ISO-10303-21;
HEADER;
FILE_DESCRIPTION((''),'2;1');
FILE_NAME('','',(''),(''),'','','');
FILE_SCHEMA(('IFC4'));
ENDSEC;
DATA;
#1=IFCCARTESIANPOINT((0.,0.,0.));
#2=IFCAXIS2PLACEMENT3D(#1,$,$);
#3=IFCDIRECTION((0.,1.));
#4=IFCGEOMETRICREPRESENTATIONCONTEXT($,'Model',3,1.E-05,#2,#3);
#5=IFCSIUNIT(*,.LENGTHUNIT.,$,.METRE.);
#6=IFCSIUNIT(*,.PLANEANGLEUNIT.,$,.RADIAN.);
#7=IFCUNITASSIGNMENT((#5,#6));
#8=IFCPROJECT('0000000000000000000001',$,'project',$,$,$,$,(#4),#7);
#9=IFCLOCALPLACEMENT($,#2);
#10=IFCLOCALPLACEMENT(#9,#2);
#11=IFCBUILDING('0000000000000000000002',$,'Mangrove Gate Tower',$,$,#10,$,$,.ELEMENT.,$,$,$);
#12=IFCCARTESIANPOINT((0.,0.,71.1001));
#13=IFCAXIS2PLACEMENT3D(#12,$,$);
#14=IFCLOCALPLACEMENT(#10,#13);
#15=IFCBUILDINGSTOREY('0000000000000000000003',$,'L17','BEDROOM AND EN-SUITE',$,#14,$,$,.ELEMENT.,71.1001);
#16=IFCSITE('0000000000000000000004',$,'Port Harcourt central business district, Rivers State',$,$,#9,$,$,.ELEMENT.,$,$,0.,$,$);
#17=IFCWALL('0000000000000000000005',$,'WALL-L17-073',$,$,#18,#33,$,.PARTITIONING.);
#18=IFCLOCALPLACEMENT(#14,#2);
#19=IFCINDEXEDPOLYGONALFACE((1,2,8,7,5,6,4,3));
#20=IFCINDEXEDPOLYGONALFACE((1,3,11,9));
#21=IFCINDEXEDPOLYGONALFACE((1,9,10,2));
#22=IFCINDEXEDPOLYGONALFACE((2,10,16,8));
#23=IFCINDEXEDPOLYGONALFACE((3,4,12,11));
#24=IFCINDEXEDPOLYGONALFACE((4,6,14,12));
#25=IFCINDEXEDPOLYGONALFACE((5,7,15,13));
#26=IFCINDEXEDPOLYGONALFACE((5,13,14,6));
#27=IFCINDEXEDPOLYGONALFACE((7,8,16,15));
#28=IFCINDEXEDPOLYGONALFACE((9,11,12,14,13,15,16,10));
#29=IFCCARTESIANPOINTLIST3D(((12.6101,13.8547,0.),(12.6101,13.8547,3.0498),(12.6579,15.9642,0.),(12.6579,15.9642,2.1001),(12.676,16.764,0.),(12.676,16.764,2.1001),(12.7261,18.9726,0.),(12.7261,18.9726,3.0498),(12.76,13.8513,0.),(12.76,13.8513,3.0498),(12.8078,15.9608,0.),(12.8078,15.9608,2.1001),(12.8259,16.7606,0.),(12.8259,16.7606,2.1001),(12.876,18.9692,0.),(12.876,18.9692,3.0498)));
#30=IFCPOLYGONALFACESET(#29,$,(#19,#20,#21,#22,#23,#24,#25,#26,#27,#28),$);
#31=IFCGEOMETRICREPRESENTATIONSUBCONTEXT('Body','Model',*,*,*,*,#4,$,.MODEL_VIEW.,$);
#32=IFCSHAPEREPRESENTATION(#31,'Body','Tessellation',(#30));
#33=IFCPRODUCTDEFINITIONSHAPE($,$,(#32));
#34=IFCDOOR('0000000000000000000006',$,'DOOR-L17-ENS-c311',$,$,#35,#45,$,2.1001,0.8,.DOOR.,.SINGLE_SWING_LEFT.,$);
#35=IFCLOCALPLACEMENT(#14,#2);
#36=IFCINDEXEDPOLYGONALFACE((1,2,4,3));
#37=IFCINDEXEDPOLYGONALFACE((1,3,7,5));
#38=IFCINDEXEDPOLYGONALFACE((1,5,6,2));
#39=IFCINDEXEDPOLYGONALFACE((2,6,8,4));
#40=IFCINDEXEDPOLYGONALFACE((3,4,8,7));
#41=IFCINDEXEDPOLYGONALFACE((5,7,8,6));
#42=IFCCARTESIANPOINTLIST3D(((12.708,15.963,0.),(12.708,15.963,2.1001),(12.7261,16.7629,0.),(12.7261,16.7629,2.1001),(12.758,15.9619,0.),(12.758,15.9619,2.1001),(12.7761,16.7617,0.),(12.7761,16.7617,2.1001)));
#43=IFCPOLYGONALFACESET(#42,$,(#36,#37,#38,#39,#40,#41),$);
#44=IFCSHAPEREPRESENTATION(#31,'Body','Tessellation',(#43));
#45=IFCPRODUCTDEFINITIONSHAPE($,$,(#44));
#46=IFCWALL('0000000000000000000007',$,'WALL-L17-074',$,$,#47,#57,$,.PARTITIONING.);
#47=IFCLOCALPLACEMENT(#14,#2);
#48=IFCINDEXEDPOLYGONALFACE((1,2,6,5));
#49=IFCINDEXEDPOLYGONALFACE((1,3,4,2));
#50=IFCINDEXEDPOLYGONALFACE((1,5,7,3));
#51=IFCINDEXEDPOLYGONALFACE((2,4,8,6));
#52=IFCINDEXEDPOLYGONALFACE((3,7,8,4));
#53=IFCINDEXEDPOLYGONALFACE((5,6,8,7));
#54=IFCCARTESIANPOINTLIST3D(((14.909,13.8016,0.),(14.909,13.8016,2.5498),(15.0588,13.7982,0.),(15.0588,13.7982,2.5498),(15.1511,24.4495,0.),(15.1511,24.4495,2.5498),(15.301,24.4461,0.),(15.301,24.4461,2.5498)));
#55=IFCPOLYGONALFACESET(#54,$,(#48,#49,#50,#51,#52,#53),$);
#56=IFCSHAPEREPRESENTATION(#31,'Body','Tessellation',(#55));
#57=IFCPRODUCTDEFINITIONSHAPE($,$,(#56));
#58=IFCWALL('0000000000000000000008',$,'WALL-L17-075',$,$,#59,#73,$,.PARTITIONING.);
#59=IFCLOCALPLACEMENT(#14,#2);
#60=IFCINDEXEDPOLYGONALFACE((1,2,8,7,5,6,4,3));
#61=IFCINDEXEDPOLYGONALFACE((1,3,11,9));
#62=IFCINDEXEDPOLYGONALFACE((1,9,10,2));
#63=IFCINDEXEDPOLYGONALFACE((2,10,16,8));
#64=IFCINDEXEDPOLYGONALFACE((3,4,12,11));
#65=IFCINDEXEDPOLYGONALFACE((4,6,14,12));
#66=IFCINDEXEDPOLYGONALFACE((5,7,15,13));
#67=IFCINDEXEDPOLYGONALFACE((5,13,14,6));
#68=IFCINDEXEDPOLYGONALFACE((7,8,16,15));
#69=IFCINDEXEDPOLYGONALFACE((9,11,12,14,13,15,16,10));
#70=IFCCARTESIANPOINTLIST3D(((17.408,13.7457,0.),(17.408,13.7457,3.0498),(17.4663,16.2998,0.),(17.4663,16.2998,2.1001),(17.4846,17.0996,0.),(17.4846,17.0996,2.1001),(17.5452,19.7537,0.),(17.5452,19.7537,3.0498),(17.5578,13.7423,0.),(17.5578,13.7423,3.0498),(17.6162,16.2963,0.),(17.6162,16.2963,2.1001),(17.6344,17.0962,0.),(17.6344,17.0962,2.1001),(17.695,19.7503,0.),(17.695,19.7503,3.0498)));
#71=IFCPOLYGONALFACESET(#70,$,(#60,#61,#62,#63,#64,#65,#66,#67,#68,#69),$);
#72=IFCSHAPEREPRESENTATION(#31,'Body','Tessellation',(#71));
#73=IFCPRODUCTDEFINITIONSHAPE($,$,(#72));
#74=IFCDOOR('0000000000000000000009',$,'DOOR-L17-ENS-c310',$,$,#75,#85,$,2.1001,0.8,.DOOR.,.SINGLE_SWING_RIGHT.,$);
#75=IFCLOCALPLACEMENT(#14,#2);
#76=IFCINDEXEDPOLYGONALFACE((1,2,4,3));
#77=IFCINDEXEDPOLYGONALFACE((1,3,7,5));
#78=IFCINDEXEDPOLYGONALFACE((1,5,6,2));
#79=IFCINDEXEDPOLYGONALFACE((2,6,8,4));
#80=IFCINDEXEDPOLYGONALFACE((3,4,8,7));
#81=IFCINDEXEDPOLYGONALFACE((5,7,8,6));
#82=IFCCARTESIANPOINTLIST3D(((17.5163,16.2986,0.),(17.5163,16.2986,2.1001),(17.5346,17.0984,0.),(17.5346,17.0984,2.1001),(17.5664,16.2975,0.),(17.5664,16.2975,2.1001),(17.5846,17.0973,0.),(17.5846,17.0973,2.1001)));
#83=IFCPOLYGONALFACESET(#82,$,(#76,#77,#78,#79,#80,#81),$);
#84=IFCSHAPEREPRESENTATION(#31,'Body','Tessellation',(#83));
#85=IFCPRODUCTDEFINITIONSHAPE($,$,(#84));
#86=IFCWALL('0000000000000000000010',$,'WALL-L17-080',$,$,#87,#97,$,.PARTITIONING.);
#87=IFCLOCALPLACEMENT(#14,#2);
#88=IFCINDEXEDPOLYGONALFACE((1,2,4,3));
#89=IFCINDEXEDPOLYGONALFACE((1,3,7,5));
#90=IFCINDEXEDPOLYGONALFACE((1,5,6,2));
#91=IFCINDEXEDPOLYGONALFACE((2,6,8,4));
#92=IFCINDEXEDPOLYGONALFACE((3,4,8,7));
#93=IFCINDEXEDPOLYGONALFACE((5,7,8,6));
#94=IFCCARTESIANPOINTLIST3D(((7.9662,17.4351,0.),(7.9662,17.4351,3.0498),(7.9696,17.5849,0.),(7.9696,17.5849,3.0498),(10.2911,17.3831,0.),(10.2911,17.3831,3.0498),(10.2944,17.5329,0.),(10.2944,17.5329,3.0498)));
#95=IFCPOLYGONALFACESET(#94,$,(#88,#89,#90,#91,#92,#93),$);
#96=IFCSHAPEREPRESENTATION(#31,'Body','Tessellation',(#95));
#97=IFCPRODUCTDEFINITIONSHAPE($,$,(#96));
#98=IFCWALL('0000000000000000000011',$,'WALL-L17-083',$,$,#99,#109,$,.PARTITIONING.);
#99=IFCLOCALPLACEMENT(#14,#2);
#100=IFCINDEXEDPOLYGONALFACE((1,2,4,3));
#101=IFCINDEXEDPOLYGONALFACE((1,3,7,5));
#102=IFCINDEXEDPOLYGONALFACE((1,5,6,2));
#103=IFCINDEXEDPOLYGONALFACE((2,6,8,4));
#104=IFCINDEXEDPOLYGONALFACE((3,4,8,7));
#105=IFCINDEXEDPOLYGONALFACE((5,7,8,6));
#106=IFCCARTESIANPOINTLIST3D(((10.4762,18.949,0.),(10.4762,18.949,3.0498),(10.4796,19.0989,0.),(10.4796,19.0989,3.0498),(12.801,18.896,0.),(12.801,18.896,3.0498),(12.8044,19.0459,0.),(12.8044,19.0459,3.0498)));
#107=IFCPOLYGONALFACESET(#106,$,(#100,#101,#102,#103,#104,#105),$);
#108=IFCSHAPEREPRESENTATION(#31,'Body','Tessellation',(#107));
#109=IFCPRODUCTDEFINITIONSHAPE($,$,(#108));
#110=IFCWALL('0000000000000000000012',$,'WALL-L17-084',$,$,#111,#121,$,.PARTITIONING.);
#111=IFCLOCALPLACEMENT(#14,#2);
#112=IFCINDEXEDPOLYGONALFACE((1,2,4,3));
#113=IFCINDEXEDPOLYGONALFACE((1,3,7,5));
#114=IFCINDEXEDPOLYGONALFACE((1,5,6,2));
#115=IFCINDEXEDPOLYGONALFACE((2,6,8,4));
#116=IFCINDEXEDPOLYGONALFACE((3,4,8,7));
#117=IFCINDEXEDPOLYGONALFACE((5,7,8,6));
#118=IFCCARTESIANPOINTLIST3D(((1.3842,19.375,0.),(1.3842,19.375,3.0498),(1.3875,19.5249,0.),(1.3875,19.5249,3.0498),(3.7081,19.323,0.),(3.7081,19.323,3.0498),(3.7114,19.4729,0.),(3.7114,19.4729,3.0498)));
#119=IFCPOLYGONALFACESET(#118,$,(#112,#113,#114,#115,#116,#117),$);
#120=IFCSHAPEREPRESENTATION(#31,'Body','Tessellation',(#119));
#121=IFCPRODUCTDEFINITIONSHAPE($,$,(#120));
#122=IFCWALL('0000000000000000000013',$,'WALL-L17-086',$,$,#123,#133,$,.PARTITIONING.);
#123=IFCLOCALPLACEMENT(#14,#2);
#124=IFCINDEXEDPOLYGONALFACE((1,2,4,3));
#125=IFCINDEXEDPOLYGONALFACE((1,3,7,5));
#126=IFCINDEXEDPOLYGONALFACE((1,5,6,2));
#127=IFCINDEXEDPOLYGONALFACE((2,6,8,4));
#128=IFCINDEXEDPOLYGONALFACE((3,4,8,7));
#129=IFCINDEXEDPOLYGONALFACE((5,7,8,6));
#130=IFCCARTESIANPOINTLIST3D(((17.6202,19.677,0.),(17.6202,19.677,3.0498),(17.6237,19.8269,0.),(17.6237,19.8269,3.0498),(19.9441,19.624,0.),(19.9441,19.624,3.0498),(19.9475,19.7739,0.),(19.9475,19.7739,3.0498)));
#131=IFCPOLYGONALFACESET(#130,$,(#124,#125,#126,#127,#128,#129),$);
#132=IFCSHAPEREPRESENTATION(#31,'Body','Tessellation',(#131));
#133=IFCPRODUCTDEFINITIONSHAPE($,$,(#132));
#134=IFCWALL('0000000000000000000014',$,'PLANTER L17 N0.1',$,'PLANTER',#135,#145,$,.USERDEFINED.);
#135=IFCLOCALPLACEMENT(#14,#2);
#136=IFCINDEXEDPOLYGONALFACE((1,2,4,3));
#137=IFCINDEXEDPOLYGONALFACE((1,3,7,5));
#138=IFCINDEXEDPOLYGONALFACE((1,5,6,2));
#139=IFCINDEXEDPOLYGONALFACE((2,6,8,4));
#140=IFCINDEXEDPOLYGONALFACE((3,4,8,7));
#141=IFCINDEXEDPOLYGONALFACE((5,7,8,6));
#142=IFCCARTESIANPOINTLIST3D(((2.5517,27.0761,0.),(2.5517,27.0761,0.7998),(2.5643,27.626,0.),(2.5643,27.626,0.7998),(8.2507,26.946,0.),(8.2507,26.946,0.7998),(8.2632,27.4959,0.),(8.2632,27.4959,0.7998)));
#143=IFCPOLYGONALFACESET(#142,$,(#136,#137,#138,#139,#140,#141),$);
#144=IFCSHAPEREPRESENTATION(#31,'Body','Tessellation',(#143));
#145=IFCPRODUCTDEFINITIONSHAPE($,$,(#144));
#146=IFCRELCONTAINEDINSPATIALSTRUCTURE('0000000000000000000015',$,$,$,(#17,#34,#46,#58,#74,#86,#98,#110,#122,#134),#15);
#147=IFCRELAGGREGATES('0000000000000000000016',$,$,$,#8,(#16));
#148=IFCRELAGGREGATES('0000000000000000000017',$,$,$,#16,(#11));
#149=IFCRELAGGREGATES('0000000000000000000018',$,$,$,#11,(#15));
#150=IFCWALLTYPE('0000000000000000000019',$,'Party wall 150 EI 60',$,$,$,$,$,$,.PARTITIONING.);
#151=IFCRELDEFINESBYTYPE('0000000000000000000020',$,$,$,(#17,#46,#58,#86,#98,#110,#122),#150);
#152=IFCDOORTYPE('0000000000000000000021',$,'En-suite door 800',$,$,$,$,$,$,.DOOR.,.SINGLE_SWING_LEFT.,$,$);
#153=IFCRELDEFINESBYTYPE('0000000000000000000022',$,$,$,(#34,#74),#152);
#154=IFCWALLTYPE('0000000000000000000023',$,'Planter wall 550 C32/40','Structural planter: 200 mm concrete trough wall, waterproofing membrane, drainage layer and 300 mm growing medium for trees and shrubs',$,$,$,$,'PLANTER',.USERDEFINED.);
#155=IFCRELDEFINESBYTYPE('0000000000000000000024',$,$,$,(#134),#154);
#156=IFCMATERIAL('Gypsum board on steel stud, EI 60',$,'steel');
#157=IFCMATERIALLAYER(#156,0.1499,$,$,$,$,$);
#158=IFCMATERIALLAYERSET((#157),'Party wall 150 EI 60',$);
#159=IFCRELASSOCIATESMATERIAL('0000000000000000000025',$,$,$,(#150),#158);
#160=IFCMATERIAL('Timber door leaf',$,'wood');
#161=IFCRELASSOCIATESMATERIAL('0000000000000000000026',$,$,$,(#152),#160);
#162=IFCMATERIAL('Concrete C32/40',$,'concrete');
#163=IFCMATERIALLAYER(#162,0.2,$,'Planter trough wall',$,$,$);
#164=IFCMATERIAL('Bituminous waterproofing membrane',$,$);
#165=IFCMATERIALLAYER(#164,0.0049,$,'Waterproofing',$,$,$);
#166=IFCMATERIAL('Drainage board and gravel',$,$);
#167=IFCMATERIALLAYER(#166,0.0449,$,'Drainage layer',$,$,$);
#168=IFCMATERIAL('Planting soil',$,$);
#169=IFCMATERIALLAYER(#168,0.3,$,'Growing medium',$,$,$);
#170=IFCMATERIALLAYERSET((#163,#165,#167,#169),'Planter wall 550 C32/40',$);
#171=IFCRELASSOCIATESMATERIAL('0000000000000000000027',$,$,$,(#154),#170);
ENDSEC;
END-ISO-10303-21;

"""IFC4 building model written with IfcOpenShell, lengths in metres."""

from ifc_helpers import new_model, si_unit, direction, frame, frame_2d, origin, place, context, subcontext, project, spatial, rectangle, extrude, material, layer, layer_set, type_object, element, fill, save


model = new_model("IFC4")

# Units and contexts
model_context = context("Model", 3, precision=1e-05, world=origin(), true_north=direction((0.0, 1.0)))
body_context = subcontext(model_context, "Body", "Model", "MODEL_VIEW")
ifc_project = project(units=[si_unit("LENGTHUNIT", "METRE"), si_unit("PLANEANGLEUNIT", "RADIAN")], contexts=[model_context])

# Site, building, storey
site_placement = place(None, origin())
site = spatial("IfcSite", under=ifc_project, at=site_placement, Name="Port Harcourt central business district, Rivers State", CompositionType="ELEMENT", RefElevation=0.0)
building_placement = place(site_placement, origin())
building = spatial("IfcBuilding", under=site, at=building_placement, Name="Mangrove Gate Tower", CompositionType="ELEMENT")
storey_placement = place(building_placement, frame((0.0, 0.0, 71.1001)))
storey = spatial("IfcBuildingStorey", under=building, at=storey_placement, Name="L17", Description="BEDROOM AND EN-SUITE", CompositionType="ELEMENT", Elevation=71.1001)

# Shared definitions
ifc_material_1 = material(Name="Gypsum board on steel stud, EI 60", Category="steel")
ifc_layer_1 = layer(ifc_material_1, 0.1499)
ifc_layer_set_1 = layer_set([ifc_layer_1], Name="Party wall 150 EI 60")
wall_type_1 = type_object("IfcWallType", Name="Party wall 150 EI 60", PredefinedType="PARTITIONING", material=ifc_layer_set_1)

# Shared definitions
ifc_material_2 = material(Name="Timber door leaf", Category="wood")
door_type = type_object("IfcDoorType", Name="En-suite door 800", OperationType="SINGLE_SWING_LEFT", PredefinedType="DOOR", material=ifc_material_2)

# Wall, opening, door
wall_1_placement = place(storey_placement, frame((12.6851, 13.853, 0.0), z_axis=(0.0, 0.0, 1.0), x_axis=(0.022653, 0.999743, 0.0)))
wall_1 = element("IfcWall", 1, at=wall_1_placement, inside=storey, type_object=wall_type_1, Name="WALL-L17-073", PredefinedType="PARTITIONING", context=body_context, shape_type="SweptSolid", body=[
    extrude(rectangle(XDim=5.1191, YDim=0.1499, at=frame_2d((2.5596, 0.0))), origin(), (0.0, 0.0, 1.0), 3.0498),
])
opening_1_placement = place(wall_1_placement, frame((2.1101, 0.0, 0.0)))
opening_1 = element("IfcOpeningElement", 2, at=opening_1_placement, cuts=wall_1, PredefinedType="OPENING", context=body_context, shape_type="SweptSolid", body=[
    extrude(rectangle(XDim=0.8, YDim=2.1001, at=frame_2d((0.3999, 1.05))), frame((0.0, 0.085, 0.0), z_axis=(0.0, -1.0, 0.0), x_axis=(1.0, 0.0, 0.0)), (0.0, 0.0, 1.0), 0.1699),
])
door_1_placement = place(opening_1_placement, origin())
door_1 = element("IfcDoor", 3, at=door_1_placement, inside=storey, type_object=door_type, Name="DOOR-L17-ENS-c311", OperationType="SINGLE_SWING_LEFT", OverallHeight=2.1001, OverallWidth=0.8, PredefinedType="DOOR", context=body_context, shape_type="SweptSolid", body=[
    extrude(rectangle(XDim=0.8, YDim=2.1001, at=frame_2d((0.3999, 1.05))), frame((0.0, 0.0249, 0.0), z_axis=(0.0, -1.0, 0.0), x_axis=(1.0, 0.0, 0.0)), (0.0, 0.0, 1.0), 0.05),
])
fill(opening_1, door_1)

# Wall
wall_2_placement = place(storey_placement, frame((14.9839, 13.8, 0.0), z_axis=(0.0, 0.0, 1.0), x_axis=(0.022739, 0.999741, 0.0)))
element("IfcWall", 4, at=wall_2_placement, inside=storey, type_object=wall_type_1, Name="WALL-L17-074", PredefinedType="PARTITIONING", context=body_context, shape_type="SweptSolid", body=[
    extrude(rectangle(XDim=10.6506, YDim=0.1499, at=frame_2d((5.3252, 0.0))), origin(), (0.0, 0.0, 1.0), 2.5498),
])

# Wall, opening, door
wall_3_placement = place(storey_placement, frame((17.4829, 13.7439, 0.0), z_axis=(0.0, 0.0, 1.0), x_axis=(0.022831, 0.999739, 0.0)))
wall_3 = element("IfcWall", 5, at=wall_3_placement, inside=storey, type_object=wall_type_1, Name="WALL-L17-075", PredefinedType="PARTITIONING", context=body_context, shape_type="SweptSolid", body=[
    extrude(rectangle(XDim=6.0095, YDim=0.1499, at=frame_2d((3.0049, 0.0))), origin(), (0.0, 0.0, 1.0), 3.0498),
])
opening_2_placement = place(wall_3_placement, frame((2.5549, 0.0, 0.0)))
opening_2 = element("IfcOpeningElement", 6, at=opening_2_placement, cuts=wall_3, PredefinedType="OPENING", context=body_context, shape_type="SweptSolid", body=[
    extrude(rectangle(XDim=0.8, YDim=2.1001, at=frame_2d((0.3999, 1.05))), frame((0.0, 0.085, 0.0), z_axis=(0.0, -1.0, 0.0), x_axis=(1.0, 0.0, 0.0)), (0.0, 0.0, 1.0), 0.1699),
])
door_2_placement = place(opening_2_placement, origin())
door_2 = element("IfcDoor", 7, at=door_2_placement, inside=storey, type_object=door_type, Name="DOOR-L17-ENS-c310", OperationType="SINGLE_SWING_RIGHT", OverallHeight=2.1001, OverallWidth=0.8, PredefinedType="DOOR", context=body_context, shape_type="SweptSolid", body=[
    extrude(rectangle(XDim=0.8, YDim=2.1001, at=frame_2d((0.3999, 1.05))), frame((0.0, 0.0249, 0.0), z_axis=(0.0, -1.0, 0.0), x_axis=(1.0, 0.0, 0.0)), (0.0, 0.0, 1.0), 0.05),
])
fill(opening_2, door_2)

# Walls
for number, where, z_axis, x_axis, name in (
    (8, (7.968, 17.51, 0.0), (0.0, 0.0, 1.0), (0.99975, -0.022361, 0.0), "WALL-L17-080"),
    (9, (10.478, 19.0239, 0.0), (0.0, 0.0, 1.0), (0.99974, -0.022781, 0.0), "WALL-L17-083"),
):
    element("IfcWall", number, at=place(storey_placement, frame(where, z_axis=z_axis, x_axis=x_axis)), inside=storey, type_object=wall_type_1, Name=name, PredefinedType="PARTITIONING", context=body_context, shape_type="SweptSolid", body=[
        extrude(rectangle(XDim=2.3254, YDim=0.1499, at=frame_2d((1.1626, 0.0))), origin(), (0.0, 0.0, 1.0), 3.0498),
    ])
for number, where, z_axis, x_axis, name in (
    (10, (1.386, 19.45, 0.0), (0.0, 0.0, 1.0), (0.99975, -0.022371, 0.0), "WALL-L17-084"),
    (11, (17.6221, 19.752, 0.0), (0.0, 0.0, 1.0), (0.99974, -0.022791, 0.0), "WALL-L17-086"),
):
    element("IfcWall", number, at=place(storey_placement, frame(where, z_axis=z_axis, x_axis=x_axis)), inside=storey, type_object=wall_type_1, Name=name, PredefinedType="PARTITIONING", context=body_context, shape_type="SweptSolid", body=[
        extrude(rectangle(XDim=2.3245, YDim=0.1499, at=frame_2d((1.1621, 0.0))), origin(), (0.0, 0.0, 1.0), 3.0498),
    ])
ifc_material_3 = material(Name="Concrete C32/40", Category="concrete")
ifc_layer_2 = layer(ifc_material_3, 0.2, Name="Planter trough wall")
ifc_material_4 = material(Name="Bituminous waterproofing membrane")
ifc_layer_3 = layer(ifc_material_4, 0.0049, Name="Waterproofing")
ifc_material_5 = material(Name="Drainage board and gravel")
ifc_layer_4 = layer(ifc_material_5, 0.0449, Name="Drainage layer")
ifc_material_6 = material(Name="Planting soil")
ifc_layer_5 = layer(ifc_material_6, 0.3, Name="Growing medium")
ifc_layer_set_2 = layer_set([ifc_layer_2, ifc_layer_3, ifc_layer_4, ifc_layer_5], Name="Planter wall 550 C32/40")
wall_type_2 = type_object("IfcWallType", Name="Planter wall 550 C32/40", Description="Structural planter: 200 mm concrete trough wall, waterproofing membrane, drainage layer and 300 mm growing medium for trees and shrubs", ElementType="PLANTER", PredefinedType="USERDEFINED", material=ifc_layer_set_2)
wall_4_placement = place(storey_placement, frame((2.5581, 27.3511, 0.0), z_axis=(0.0, 0.0, 1.0), x_axis=(0.999739, -0.022827, 0.0)))
element("IfcWall", 12, at=wall_4_placement, inside=storey, type_object=wall_type_2, Name="PLANTER L17 N0.1", ObjectType="PLANTER", PredefinedType="USERDEFINED", context=body_context, shape_type="SweptSolid", body=[
    extrude(rectangle(XDim=5.7004, YDim=0.55, at=frame_2d((2.8501, 0.0))), origin(), (0.0, 0.0, 1.0), 0.7998),
])

save(model, "model.ifc")
